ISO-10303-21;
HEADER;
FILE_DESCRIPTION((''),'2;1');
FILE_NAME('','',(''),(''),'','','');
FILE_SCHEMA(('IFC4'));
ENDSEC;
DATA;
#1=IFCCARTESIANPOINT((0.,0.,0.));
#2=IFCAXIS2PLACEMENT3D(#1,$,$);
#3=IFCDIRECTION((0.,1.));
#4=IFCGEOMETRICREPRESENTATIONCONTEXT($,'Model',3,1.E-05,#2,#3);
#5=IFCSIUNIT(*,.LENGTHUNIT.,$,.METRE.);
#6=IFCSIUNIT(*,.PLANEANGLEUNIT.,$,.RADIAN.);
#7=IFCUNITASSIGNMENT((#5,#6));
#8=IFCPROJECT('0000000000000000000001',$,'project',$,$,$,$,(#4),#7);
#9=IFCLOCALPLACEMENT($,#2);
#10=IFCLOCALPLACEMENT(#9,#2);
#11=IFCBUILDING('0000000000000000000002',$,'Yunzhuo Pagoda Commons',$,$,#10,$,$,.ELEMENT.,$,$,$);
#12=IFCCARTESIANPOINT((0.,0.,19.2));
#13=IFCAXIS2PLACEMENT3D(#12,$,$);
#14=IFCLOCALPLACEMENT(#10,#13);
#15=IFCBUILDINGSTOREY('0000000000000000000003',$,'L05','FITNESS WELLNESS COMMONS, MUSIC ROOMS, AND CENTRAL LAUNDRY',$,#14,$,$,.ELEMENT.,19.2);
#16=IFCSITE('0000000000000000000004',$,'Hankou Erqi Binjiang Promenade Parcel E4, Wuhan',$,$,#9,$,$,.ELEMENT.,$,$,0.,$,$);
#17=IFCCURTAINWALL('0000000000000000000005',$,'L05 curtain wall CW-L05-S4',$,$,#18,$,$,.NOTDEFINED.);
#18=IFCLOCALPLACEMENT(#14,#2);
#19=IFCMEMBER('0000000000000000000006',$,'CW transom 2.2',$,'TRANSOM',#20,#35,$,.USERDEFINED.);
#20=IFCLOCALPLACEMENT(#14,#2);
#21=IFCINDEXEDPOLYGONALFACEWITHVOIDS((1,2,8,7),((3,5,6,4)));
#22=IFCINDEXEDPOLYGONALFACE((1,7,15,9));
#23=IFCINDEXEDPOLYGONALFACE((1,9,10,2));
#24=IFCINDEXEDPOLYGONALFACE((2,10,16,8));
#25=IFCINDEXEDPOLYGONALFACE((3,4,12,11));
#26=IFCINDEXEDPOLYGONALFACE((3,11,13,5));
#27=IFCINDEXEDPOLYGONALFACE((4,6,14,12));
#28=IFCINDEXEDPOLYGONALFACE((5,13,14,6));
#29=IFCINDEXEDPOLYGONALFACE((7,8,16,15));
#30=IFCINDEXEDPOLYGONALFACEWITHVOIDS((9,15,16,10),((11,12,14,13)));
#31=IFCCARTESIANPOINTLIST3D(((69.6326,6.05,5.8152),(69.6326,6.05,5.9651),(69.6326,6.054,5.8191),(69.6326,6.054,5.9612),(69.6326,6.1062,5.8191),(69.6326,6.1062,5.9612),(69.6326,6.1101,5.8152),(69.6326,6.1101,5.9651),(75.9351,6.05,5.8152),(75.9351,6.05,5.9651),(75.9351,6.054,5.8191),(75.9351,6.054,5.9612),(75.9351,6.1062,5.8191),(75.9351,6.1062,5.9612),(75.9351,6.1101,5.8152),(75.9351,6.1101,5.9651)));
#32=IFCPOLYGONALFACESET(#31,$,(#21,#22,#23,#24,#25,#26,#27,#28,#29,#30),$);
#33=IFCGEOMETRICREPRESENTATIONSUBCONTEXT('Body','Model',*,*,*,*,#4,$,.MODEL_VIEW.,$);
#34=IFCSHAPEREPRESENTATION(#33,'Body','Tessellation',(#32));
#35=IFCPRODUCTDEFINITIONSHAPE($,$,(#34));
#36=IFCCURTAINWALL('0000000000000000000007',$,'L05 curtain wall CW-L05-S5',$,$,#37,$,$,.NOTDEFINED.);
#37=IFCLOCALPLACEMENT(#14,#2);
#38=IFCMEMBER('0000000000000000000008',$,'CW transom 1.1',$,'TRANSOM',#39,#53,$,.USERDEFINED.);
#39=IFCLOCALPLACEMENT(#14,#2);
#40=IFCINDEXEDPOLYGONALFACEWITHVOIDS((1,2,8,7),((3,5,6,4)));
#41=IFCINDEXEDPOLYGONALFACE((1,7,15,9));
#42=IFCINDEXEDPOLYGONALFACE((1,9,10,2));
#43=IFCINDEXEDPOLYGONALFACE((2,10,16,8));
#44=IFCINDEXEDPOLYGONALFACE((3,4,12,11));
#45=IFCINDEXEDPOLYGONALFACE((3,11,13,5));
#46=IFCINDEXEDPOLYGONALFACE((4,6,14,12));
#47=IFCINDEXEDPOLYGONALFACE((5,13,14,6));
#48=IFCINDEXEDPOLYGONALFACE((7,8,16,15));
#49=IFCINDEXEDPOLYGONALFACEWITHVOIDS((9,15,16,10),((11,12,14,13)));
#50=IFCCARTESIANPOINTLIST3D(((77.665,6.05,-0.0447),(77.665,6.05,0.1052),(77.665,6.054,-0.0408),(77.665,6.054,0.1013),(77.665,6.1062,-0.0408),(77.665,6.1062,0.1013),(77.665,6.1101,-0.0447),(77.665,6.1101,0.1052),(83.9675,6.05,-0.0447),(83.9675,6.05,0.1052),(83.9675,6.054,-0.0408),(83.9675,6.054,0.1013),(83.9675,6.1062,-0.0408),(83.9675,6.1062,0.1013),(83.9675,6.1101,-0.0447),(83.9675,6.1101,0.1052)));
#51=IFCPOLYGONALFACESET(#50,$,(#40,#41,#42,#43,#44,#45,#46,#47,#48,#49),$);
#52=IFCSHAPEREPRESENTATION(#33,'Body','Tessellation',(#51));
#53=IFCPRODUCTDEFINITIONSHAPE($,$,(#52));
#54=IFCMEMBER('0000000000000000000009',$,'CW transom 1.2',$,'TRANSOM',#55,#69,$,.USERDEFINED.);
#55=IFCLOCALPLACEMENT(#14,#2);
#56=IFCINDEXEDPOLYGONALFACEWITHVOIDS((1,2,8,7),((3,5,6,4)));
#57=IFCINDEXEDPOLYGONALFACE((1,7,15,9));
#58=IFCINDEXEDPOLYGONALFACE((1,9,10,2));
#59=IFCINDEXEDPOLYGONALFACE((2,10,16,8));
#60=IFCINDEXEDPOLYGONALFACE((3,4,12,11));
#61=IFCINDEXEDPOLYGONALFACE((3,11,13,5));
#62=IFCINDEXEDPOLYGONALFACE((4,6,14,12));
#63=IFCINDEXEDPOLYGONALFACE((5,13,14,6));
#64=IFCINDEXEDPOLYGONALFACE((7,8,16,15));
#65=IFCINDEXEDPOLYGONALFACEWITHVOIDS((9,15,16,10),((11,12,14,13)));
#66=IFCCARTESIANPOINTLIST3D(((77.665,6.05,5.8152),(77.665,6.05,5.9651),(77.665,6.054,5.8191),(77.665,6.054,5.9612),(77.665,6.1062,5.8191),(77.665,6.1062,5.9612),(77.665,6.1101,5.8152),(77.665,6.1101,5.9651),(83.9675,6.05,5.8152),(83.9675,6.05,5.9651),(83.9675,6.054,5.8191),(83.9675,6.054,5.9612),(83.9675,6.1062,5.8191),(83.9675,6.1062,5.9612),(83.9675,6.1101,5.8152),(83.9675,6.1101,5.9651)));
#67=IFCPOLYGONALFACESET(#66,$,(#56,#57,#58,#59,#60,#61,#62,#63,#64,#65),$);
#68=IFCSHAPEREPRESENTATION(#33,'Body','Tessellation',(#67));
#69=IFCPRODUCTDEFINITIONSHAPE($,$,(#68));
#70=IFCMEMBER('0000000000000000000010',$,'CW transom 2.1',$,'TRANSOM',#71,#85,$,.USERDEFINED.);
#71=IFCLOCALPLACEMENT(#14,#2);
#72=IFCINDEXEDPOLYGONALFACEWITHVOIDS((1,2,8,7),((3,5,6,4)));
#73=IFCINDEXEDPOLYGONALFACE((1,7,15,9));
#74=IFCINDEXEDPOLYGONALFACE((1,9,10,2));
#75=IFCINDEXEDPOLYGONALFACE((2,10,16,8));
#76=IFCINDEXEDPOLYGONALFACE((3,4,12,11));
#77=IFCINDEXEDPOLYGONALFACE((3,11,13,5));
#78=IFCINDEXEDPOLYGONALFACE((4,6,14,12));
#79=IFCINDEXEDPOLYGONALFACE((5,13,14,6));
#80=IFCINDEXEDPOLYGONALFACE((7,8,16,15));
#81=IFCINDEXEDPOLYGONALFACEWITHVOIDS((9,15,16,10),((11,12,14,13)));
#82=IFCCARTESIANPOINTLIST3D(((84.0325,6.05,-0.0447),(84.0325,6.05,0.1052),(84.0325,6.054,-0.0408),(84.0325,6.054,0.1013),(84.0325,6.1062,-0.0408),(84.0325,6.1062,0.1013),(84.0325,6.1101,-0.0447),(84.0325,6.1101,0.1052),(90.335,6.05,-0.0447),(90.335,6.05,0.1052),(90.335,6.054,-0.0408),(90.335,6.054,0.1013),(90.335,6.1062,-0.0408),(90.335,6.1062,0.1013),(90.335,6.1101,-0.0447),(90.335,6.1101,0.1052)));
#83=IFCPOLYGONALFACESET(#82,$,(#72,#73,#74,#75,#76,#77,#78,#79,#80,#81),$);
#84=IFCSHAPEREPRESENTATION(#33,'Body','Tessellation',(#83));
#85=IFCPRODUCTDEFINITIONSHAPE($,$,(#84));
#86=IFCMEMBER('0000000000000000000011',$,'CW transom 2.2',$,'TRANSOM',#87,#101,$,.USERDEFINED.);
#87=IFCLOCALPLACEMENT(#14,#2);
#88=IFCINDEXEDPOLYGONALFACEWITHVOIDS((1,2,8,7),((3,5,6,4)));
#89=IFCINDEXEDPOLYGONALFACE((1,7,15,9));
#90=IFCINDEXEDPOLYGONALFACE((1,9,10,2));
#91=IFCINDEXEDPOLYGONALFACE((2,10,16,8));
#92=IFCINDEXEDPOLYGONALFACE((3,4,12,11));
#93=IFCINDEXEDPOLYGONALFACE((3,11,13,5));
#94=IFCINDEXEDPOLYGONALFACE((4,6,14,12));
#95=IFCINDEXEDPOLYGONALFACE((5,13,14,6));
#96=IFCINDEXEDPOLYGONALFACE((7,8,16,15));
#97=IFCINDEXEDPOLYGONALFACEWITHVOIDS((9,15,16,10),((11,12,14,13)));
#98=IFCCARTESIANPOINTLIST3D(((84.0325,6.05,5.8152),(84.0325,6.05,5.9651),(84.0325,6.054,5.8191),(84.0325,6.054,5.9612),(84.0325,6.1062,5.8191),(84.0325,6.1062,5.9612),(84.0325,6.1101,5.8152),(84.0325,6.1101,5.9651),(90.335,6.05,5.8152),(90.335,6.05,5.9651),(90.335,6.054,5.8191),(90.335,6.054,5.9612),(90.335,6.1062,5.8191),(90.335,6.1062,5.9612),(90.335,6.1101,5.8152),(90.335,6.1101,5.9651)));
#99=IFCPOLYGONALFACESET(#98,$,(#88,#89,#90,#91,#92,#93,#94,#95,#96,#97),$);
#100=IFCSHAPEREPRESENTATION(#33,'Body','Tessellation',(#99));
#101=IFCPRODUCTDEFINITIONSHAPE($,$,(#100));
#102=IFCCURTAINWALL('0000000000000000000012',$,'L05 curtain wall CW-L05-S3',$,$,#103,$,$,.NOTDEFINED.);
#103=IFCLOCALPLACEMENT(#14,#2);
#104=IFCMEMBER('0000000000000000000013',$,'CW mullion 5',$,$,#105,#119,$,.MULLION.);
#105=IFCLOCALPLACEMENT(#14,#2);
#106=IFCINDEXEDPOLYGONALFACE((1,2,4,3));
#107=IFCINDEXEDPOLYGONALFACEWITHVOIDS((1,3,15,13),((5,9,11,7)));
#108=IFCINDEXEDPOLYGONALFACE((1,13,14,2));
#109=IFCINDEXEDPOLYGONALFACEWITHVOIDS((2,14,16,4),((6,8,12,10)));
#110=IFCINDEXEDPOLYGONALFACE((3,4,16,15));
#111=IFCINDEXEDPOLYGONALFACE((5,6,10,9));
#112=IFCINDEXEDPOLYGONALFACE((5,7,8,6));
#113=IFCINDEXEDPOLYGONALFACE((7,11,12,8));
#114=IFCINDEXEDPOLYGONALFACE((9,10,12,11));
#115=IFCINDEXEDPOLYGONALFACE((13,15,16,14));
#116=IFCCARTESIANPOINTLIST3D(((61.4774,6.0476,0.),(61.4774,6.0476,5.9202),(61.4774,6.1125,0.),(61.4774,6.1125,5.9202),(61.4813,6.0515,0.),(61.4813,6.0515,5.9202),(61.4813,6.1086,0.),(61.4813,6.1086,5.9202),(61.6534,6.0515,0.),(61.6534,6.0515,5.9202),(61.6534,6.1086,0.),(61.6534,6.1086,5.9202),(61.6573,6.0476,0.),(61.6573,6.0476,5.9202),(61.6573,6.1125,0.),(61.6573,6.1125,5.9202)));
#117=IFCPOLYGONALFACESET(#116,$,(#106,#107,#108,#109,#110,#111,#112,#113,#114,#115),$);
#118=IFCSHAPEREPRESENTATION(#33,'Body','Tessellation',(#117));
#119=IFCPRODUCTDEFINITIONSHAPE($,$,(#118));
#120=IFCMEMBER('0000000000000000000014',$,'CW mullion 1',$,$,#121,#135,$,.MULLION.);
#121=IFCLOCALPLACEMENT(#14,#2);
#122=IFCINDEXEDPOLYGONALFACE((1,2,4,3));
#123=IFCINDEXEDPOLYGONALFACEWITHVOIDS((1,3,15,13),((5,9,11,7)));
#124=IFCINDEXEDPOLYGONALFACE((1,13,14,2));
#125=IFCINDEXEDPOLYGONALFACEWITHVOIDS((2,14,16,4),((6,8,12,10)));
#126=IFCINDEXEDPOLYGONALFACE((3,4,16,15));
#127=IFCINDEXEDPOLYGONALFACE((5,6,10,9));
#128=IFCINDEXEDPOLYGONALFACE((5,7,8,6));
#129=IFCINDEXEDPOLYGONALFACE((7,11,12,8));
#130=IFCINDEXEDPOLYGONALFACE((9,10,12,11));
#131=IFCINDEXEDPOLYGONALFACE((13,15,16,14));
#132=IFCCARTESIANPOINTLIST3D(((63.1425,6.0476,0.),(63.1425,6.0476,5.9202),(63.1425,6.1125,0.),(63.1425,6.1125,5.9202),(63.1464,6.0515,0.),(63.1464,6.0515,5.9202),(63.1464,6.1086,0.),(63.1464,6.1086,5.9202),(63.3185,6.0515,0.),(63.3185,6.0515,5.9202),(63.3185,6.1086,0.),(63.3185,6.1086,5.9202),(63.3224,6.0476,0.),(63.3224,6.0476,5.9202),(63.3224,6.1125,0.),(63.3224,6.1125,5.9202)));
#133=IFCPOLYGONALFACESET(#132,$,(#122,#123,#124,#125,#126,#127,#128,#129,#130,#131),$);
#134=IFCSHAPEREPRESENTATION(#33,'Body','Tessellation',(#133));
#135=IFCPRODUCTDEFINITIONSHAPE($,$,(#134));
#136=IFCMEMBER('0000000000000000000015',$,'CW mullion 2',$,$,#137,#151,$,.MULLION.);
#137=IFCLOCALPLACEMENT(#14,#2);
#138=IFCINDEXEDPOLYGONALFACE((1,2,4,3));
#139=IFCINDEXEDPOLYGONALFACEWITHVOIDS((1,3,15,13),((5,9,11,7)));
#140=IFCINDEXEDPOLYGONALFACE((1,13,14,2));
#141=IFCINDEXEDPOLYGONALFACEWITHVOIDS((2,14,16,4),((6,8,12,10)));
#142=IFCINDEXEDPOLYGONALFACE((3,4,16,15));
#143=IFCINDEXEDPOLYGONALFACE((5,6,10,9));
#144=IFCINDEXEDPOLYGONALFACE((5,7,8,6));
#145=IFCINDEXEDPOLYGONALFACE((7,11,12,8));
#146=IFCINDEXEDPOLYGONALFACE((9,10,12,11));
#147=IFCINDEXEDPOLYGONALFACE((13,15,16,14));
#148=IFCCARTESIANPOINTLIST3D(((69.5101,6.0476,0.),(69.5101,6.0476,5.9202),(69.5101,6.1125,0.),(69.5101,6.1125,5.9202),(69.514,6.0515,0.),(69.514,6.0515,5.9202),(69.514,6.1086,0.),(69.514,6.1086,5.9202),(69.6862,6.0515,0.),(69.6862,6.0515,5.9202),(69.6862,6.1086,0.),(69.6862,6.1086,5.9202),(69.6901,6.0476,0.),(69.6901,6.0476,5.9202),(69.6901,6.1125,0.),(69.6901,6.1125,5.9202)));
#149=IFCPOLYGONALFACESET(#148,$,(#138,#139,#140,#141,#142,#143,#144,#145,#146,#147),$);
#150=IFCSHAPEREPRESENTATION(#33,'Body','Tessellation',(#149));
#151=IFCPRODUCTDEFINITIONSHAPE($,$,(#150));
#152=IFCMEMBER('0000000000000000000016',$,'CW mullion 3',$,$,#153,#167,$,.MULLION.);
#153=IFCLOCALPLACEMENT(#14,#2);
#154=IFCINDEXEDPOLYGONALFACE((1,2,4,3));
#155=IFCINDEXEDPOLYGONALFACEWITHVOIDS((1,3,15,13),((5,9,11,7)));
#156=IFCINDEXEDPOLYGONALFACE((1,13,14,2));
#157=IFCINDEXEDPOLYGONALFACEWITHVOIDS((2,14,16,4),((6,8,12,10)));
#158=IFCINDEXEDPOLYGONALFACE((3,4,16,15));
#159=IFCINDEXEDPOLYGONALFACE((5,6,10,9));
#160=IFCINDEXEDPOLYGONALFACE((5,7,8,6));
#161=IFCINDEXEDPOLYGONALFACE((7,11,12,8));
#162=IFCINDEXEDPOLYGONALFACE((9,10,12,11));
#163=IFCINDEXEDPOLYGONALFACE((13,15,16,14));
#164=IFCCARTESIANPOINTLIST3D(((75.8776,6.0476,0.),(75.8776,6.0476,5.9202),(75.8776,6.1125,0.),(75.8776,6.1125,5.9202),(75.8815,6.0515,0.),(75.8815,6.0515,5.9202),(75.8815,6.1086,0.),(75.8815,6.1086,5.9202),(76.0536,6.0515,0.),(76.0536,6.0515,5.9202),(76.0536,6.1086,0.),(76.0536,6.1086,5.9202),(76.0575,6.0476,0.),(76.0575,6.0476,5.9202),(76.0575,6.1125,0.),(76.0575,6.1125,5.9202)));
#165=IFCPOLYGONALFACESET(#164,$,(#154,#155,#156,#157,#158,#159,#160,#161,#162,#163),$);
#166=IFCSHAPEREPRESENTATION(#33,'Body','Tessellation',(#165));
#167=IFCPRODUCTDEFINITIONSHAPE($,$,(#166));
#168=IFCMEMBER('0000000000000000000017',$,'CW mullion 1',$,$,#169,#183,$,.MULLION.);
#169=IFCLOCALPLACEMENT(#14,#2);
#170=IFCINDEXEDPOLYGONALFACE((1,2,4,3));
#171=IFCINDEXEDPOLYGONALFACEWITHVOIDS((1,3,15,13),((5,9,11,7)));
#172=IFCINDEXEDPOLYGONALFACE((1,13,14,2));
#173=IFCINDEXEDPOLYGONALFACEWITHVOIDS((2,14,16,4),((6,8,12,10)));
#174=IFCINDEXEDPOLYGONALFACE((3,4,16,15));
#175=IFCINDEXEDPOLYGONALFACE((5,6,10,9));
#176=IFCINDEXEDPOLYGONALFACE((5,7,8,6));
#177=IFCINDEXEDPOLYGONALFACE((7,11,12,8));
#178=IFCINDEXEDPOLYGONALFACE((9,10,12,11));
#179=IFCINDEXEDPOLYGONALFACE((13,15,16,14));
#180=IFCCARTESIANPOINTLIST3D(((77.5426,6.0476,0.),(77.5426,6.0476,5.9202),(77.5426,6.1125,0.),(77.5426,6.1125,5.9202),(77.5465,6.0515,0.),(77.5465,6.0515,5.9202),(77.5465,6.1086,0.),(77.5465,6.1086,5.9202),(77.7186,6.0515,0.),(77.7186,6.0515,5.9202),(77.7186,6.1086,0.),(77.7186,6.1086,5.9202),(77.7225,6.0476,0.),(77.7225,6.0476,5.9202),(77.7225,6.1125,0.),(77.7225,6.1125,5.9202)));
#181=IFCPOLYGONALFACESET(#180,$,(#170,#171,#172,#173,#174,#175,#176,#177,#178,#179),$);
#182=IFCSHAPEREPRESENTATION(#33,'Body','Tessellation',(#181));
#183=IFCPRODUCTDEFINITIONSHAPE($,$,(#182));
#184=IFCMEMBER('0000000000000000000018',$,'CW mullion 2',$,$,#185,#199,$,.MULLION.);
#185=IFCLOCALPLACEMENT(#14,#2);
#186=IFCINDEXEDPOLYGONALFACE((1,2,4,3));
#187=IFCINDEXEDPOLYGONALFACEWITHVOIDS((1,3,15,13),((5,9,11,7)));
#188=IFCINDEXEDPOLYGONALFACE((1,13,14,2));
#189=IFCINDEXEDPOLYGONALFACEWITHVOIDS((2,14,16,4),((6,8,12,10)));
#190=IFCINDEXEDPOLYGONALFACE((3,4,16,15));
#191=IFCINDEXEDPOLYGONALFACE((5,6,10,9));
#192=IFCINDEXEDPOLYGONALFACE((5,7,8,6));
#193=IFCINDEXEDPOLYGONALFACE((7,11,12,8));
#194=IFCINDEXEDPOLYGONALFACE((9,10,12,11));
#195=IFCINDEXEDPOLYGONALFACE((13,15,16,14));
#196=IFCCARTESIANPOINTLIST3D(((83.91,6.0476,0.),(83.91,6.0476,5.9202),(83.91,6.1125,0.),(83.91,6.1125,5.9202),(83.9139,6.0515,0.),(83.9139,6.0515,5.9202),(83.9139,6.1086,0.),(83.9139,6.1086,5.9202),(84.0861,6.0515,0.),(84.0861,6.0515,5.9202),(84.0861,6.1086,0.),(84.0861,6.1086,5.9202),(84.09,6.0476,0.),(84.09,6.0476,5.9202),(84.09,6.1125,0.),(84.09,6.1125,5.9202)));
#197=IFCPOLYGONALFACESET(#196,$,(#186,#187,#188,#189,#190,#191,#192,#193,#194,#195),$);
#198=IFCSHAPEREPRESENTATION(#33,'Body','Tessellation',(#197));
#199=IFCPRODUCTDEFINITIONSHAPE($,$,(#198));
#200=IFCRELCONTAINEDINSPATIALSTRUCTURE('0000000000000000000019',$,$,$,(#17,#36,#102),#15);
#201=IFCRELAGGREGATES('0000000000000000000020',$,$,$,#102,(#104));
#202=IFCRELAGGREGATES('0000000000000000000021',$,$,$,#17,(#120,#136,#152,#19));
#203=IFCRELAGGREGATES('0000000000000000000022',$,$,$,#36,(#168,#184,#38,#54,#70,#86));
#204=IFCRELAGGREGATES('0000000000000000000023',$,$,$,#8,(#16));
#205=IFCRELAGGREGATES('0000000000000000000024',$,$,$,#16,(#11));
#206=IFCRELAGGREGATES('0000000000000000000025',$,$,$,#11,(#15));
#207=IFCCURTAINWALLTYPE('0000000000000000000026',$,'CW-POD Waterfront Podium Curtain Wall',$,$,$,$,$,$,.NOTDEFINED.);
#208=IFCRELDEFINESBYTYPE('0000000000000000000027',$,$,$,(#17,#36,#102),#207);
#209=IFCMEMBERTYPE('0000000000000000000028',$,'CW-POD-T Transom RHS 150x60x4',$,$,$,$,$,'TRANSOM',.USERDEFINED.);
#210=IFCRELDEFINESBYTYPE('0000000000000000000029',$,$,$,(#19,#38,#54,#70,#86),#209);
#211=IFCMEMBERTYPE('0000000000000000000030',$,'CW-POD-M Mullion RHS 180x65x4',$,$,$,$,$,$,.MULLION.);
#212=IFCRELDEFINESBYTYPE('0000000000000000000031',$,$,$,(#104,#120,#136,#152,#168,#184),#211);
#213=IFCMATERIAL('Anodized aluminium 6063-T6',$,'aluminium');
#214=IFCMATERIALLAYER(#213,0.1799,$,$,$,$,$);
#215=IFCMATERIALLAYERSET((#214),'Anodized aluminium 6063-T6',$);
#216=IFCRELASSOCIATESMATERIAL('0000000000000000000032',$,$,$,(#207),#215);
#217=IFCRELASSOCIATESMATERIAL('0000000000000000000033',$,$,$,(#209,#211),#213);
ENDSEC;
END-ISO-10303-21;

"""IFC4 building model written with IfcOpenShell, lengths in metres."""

from ifc_helpers import new_model, si_unit, direction, frame, origin, origin_2d, place, context, subcontext, project, spatial, hollow_rectangle, extrude, source, transform, mapped, material, layer, layer_set, material_profile, profile_set, type_object, element, aggregate, save


model = new_model("IFC4")

# Units and contexts
model_context = context("Model", 3, precision=1e-05, world=origin(), true_north=direction((0.0, 1.0)))
body_context = subcontext(model_context, "Body", "Model", "MODEL_VIEW")
ifc_project = project(units=[si_unit("LENGTHUNIT", "METRE"), si_unit("PLANEANGLEUNIT", "RADIAN")], contexts=[model_context])

# Site, building, storey
site_placement = place(None, origin())
site = spatial("IfcSite", under=ifc_project, at=site_placement, Name="Hankou Erqi Binjiang Promenade Parcel E4, Wuhan", CompositionType="ELEMENT", RefElevation=0.0)
building_placement = place(site_placement, origin())
building = spatial("IfcBuilding", under=site, at=building_placement, Name="Yunzhuo Pagoda Commons", CompositionType="ELEMENT")
storey_placement = place(building_placement, frame((0.0, 0.0, 19.2)))
storey = spatial("IfcBuildingStorey", under=building, at=storey_placement, Name="L05", Description="FITNESS WELLNESS COMMONS, MUSIC ROOMS, AND CENTRAL LAUNDRY", CompositionType="ELEMENT", Elevation=19.2)

# Curtain walls, members
ifc_material_1 = material(Name="Anodized aluminium 6063-T6", Category="aluminium")
ifc_layer_1 = layer(ifc_material_1, 0.1799)
ifc_layer_set_1 = layer_set([ifc_layer_1], Name="Anodized aluminium 6063-T6")
curtain_wall_type = type_object("IfcCurtainWallType", Name="CW-POD Waterfront Podium Curtain Wall", PredefinedType="NOTDEFINED", material=ifc_layer_set_1)
curtain_wall_1_placement = place(storey_placement, origin())
curtain_wall_1 = element("IfcCurtainWall", 1, at=curtain_wall_1_placement, inside=storey, type_object=curtain_wall_type, Name="L05 curtain wall CW-L05-S4", PredefinedType="NOTDEFINED")
ifc_material_profile_1 = material_profile(ifc_material_1, hollow_rectangle(XDim=0.0601, YDim=0.1499, WallThickness=0.0039, at=origin_2d()), Name="Anodized aluminium 6063-T6")
ifc_profile_set_1 = profile_set([ifc_material_profile_1], Name="Anodized aluminium 6063-T6")
member_type_1 = type_object("IfcMemberType", Name="CW-POD-T Transom RHS 150x60x4", ElementType="TRANSOM", PredefinedType="USERDEFINED", material=ifc_profile_set_1)
shared_shape_1 = source(origin(), body_context, "Body", "SweptSolid", [
    extrude(hollow_rectangle(XDim=0.0601, YDim=0.1499, WallThickness=0.0039, at=origin_2d()), origin(), (0.0, 0.0, 1.0), 6.3025),
])
member_1_placement = place(storey_placement, frame((69.6326, 6.0801, 5.8901), z_axis=(1.0, 0.0, 0.0), x_axis=(0.0, 1.0, 0.0)))
member_1 = element("IfcMember", 2, at=member_1_placement, type_object=member_type_1, Name="CW transom 2.2", ObjectType="TRANSOM", PredefinedType="USERDEFINED", context=body_context, shape_type="MappedRepresentation", body=[
    mapped(shared_shape_1, transform((0.0, 0.0, 0.0), scale=1.0)),
])
curtain_wall_2_placement = place(storey_placement, origin())
curtain_wall_2 = element("IfcCurtainWall", 3, at=curtain_wall_2_placement, inside=storey, type_object=curtain_wall_type, Name="L05 curtain wall CW-L05-S5", PredefinedType="NOTDEFINED")
member_2_placement = place(storey_placement, frame((77.665, 6.0801, 0.0303), z_axis=(1.0, 0.0, 0.0), x_axis=(0.0, 1.0, 0.0)))
member_2 = element("IfcMember", 4, at=member_2_placement, type_object=member_type_1, Name="CW transom 1.1", ObjectType="TRANSOM", PredefinedType="USERDEFINED", context=body_context, shape_type="MappedRepresentation", body=[
    mapped(shared_shape_1, transform((0.0, 0.0, 0.0), scale=1.0)),
])
member_3_placement = place(storey_placement, frame((77.665, 6.0801, 5.8901), z_axis=(1.0, 0.0, 0.0), x_axis=(0.0, 1.0, 0.0)))
member_3 = element("IfcMember", 5, at=member_3_placement, type_object=member_type_1, Name="CW transom 1.2", ObjectType="TRANSOM", PredefinedType="USERDEFINED", context=body_context, shape_type="MappedRepresentation", body=[
    mapped(shared_shape_1, transform((0.0, 0.0, 0.0), scale=1.0)),
])
member_4_placement = place(storey_placement, frame((84.0325, 6.0801, 0.0303), z_axis=(1.0, 0.0, 0.0), x_axis=(0.0, 1.0, 0.0)))
member_4 = element("IfcMember", 6, at=member_4_placement, type_object=member_type_1, Name="CW transom 2.1", ObjectType="TRANSOM", PredefinedType="USERDEFINED", context=body_context, shape_type="MappedRepresentation", body=[
    mapped(shared_shape_1, transform((0.0, 0.0, 0.0), scale=1.0)),
])
member_5_placement = place(storey_placement, frame((84.0325, 6.0801, 5.8901), z_axis=(1.0, 0.0, 0.0), x_axis=(0.0, 1.0, 0.0)))
member_5 = element("IfcMember", 7, at=member_5_placement, type_object=member_type_1, Name="CW transom 2.2", ObjectType="TRANSOM", PredefinedType="USERDEFINED", context=body_context, shape_type="MappedRepresentation", body=[
    mapped(shared_shape_1, transform((0.0, 0.0, 0.0), scale=1.0)),
])

# Curtain wall, member
curtain_wall_3_placement = place(storey_placement, origin())
curtain_wall_3 = element("IfcCurtainWall", 8, at=curtain_wall_3_placement, inside=storey, type_object=curtain_wall_type, Name="L05 curtain wall CW-L05-S3", PredefinedType="NOTDEFINED")
ifc_material_profile_2 = material_profile(ifc_material_1, hollow_rectangle(XDim=0.0649, YDim=0.1799, WallThickness=0.0039, at=origin_2d()), Name="Anodized aluminium 6063-T6")
ifc_profile_set_2 = profile_set([ifc_material_profile_2], Name="Anodized aluminium 6063-T6")
member_type_2 = type_object("IfcMemberType", Name="CW-POD-M Mullion RHS 180x65x4", PredefinedType="MULLION", material=ifc_profile_set_2)
shared_shape_2 = source(origin(), body_context, "Body", "SweptSolid", [
    extrude(hollow_rectangle(XDim=0.0649, YDim=0.1799, WallThickness=0.0039, at=origin_2d()), origin(), (0.0, 0.0, 1.0), 5.9202),
])
member_6_placement = place(storey_placement, frame((61.5674, 6.0801, 0.0), z_axis=(0.0, 0.0, 1.0), x_axis=(0.0, 1.0, 0.0)))
member_6 = element("IfcMember", 9, at=member_6_placement, type_object=member_type_2, Name="CW mullion 5", PredefinedType="MULLION", context=body_context, shape_type="MappedRepresentation", body=[
    mapped(shared_shape_2, transform((0.0, 0.0, 0.0), scale=1.0)),
])
aggregate(curtain_wall_3, [member_6])

# Members
member_7_placement = place(storey_placement, frame((63.2324, 6.0801, 0.0), z_axis=(0.0, 0.0, 1.0), x_axis=(0.0, 1.0, 0.0)))
member_7 = element("IfcMember", 10, at=member_7_placement, type_object=member_type_2, Name="CW mullion 1", PredefinedType="MULLION", context=body_context, shape_type="MappedRepresentation", body=[
    mapped(shared_shape_2, transform((0.0, 0.0, 0.0), scale=1.0)),
])
member_8_placement = place(storey_placement, frame((69.6001, 6.0801, 0.0), z_axis=(0.0, 0.0, 1.0), x_axis=(0.0, 1.0, 0.0)))
member_8 = element("IfcMember", 11, at=member_8_placement, type_object=member_type_2, Name="CW mullion 2", PredefinedType="MULLION", context=body_context, shape_type="MappedRepresentation", body=[
    mapped(shared_shape_2, transform((0.0, 0.0, 0.0), scale=1.0)),
])
member_9_placement = place(storey_placement, frame((75.9675, 6.0801, 0.0), z_axis=(0.0, 0.0, 1.0), x_axis=(0.0, 1.0, 0.0)))
member_9 = element("IfcMember", 12, at=member_9_placement, type_object=member_type_2, Name="CW mullion 3", PredefinedType="MULLION", context=body_context, shape_type="MappedRepresentation", body=[
    mapped(shared_shape_2, transform((0.0, 0.0, 0.0), scale=1.0)),
])
member_10_placement = place(storey_placement, frame((77.6326, 6.0801, 0.0), z_axis=(0.0, 0.0, 1.0), x_axis=(0.0, 1.0, 0.0)))
member_10 = element("IfcMember", 13, at=member_10_placement, type_object=member_type_2, Name="CW mullion 1", PredefinedType="MULLION", context=body_context, shape_type="MappedRepresentation", body=[
    mapped(shared_shape_2, transform((0.0, 0.0, 0.0), scale=1.0)),
])
member_11_placement = place(storey_placement, frame((84.0, 6.0801, 0.0), z_axis=(0.0, 0.0, 1.0), x_axis=(0.0, 1.0, 0.0)))
member_11 = element("IfcMember", 14, at=member_11_placement, type_object=member_type_2, Name="CW mullion 2", PredefinedType="MULLION", context=body_context, shape_type="MappedRepresentation", body=[
    mapped(shared_shape_2, transform((0.0, 0.0, 0.0), scale=1.0)),
])

aggregate(curtain_wall_1, [member_7, member_8, member_9, member_1])
aggregate(curtain_wall_2, [member_10, member_11, member_2, member_3, member_4, member_5])

save(model, "model.ifc")
